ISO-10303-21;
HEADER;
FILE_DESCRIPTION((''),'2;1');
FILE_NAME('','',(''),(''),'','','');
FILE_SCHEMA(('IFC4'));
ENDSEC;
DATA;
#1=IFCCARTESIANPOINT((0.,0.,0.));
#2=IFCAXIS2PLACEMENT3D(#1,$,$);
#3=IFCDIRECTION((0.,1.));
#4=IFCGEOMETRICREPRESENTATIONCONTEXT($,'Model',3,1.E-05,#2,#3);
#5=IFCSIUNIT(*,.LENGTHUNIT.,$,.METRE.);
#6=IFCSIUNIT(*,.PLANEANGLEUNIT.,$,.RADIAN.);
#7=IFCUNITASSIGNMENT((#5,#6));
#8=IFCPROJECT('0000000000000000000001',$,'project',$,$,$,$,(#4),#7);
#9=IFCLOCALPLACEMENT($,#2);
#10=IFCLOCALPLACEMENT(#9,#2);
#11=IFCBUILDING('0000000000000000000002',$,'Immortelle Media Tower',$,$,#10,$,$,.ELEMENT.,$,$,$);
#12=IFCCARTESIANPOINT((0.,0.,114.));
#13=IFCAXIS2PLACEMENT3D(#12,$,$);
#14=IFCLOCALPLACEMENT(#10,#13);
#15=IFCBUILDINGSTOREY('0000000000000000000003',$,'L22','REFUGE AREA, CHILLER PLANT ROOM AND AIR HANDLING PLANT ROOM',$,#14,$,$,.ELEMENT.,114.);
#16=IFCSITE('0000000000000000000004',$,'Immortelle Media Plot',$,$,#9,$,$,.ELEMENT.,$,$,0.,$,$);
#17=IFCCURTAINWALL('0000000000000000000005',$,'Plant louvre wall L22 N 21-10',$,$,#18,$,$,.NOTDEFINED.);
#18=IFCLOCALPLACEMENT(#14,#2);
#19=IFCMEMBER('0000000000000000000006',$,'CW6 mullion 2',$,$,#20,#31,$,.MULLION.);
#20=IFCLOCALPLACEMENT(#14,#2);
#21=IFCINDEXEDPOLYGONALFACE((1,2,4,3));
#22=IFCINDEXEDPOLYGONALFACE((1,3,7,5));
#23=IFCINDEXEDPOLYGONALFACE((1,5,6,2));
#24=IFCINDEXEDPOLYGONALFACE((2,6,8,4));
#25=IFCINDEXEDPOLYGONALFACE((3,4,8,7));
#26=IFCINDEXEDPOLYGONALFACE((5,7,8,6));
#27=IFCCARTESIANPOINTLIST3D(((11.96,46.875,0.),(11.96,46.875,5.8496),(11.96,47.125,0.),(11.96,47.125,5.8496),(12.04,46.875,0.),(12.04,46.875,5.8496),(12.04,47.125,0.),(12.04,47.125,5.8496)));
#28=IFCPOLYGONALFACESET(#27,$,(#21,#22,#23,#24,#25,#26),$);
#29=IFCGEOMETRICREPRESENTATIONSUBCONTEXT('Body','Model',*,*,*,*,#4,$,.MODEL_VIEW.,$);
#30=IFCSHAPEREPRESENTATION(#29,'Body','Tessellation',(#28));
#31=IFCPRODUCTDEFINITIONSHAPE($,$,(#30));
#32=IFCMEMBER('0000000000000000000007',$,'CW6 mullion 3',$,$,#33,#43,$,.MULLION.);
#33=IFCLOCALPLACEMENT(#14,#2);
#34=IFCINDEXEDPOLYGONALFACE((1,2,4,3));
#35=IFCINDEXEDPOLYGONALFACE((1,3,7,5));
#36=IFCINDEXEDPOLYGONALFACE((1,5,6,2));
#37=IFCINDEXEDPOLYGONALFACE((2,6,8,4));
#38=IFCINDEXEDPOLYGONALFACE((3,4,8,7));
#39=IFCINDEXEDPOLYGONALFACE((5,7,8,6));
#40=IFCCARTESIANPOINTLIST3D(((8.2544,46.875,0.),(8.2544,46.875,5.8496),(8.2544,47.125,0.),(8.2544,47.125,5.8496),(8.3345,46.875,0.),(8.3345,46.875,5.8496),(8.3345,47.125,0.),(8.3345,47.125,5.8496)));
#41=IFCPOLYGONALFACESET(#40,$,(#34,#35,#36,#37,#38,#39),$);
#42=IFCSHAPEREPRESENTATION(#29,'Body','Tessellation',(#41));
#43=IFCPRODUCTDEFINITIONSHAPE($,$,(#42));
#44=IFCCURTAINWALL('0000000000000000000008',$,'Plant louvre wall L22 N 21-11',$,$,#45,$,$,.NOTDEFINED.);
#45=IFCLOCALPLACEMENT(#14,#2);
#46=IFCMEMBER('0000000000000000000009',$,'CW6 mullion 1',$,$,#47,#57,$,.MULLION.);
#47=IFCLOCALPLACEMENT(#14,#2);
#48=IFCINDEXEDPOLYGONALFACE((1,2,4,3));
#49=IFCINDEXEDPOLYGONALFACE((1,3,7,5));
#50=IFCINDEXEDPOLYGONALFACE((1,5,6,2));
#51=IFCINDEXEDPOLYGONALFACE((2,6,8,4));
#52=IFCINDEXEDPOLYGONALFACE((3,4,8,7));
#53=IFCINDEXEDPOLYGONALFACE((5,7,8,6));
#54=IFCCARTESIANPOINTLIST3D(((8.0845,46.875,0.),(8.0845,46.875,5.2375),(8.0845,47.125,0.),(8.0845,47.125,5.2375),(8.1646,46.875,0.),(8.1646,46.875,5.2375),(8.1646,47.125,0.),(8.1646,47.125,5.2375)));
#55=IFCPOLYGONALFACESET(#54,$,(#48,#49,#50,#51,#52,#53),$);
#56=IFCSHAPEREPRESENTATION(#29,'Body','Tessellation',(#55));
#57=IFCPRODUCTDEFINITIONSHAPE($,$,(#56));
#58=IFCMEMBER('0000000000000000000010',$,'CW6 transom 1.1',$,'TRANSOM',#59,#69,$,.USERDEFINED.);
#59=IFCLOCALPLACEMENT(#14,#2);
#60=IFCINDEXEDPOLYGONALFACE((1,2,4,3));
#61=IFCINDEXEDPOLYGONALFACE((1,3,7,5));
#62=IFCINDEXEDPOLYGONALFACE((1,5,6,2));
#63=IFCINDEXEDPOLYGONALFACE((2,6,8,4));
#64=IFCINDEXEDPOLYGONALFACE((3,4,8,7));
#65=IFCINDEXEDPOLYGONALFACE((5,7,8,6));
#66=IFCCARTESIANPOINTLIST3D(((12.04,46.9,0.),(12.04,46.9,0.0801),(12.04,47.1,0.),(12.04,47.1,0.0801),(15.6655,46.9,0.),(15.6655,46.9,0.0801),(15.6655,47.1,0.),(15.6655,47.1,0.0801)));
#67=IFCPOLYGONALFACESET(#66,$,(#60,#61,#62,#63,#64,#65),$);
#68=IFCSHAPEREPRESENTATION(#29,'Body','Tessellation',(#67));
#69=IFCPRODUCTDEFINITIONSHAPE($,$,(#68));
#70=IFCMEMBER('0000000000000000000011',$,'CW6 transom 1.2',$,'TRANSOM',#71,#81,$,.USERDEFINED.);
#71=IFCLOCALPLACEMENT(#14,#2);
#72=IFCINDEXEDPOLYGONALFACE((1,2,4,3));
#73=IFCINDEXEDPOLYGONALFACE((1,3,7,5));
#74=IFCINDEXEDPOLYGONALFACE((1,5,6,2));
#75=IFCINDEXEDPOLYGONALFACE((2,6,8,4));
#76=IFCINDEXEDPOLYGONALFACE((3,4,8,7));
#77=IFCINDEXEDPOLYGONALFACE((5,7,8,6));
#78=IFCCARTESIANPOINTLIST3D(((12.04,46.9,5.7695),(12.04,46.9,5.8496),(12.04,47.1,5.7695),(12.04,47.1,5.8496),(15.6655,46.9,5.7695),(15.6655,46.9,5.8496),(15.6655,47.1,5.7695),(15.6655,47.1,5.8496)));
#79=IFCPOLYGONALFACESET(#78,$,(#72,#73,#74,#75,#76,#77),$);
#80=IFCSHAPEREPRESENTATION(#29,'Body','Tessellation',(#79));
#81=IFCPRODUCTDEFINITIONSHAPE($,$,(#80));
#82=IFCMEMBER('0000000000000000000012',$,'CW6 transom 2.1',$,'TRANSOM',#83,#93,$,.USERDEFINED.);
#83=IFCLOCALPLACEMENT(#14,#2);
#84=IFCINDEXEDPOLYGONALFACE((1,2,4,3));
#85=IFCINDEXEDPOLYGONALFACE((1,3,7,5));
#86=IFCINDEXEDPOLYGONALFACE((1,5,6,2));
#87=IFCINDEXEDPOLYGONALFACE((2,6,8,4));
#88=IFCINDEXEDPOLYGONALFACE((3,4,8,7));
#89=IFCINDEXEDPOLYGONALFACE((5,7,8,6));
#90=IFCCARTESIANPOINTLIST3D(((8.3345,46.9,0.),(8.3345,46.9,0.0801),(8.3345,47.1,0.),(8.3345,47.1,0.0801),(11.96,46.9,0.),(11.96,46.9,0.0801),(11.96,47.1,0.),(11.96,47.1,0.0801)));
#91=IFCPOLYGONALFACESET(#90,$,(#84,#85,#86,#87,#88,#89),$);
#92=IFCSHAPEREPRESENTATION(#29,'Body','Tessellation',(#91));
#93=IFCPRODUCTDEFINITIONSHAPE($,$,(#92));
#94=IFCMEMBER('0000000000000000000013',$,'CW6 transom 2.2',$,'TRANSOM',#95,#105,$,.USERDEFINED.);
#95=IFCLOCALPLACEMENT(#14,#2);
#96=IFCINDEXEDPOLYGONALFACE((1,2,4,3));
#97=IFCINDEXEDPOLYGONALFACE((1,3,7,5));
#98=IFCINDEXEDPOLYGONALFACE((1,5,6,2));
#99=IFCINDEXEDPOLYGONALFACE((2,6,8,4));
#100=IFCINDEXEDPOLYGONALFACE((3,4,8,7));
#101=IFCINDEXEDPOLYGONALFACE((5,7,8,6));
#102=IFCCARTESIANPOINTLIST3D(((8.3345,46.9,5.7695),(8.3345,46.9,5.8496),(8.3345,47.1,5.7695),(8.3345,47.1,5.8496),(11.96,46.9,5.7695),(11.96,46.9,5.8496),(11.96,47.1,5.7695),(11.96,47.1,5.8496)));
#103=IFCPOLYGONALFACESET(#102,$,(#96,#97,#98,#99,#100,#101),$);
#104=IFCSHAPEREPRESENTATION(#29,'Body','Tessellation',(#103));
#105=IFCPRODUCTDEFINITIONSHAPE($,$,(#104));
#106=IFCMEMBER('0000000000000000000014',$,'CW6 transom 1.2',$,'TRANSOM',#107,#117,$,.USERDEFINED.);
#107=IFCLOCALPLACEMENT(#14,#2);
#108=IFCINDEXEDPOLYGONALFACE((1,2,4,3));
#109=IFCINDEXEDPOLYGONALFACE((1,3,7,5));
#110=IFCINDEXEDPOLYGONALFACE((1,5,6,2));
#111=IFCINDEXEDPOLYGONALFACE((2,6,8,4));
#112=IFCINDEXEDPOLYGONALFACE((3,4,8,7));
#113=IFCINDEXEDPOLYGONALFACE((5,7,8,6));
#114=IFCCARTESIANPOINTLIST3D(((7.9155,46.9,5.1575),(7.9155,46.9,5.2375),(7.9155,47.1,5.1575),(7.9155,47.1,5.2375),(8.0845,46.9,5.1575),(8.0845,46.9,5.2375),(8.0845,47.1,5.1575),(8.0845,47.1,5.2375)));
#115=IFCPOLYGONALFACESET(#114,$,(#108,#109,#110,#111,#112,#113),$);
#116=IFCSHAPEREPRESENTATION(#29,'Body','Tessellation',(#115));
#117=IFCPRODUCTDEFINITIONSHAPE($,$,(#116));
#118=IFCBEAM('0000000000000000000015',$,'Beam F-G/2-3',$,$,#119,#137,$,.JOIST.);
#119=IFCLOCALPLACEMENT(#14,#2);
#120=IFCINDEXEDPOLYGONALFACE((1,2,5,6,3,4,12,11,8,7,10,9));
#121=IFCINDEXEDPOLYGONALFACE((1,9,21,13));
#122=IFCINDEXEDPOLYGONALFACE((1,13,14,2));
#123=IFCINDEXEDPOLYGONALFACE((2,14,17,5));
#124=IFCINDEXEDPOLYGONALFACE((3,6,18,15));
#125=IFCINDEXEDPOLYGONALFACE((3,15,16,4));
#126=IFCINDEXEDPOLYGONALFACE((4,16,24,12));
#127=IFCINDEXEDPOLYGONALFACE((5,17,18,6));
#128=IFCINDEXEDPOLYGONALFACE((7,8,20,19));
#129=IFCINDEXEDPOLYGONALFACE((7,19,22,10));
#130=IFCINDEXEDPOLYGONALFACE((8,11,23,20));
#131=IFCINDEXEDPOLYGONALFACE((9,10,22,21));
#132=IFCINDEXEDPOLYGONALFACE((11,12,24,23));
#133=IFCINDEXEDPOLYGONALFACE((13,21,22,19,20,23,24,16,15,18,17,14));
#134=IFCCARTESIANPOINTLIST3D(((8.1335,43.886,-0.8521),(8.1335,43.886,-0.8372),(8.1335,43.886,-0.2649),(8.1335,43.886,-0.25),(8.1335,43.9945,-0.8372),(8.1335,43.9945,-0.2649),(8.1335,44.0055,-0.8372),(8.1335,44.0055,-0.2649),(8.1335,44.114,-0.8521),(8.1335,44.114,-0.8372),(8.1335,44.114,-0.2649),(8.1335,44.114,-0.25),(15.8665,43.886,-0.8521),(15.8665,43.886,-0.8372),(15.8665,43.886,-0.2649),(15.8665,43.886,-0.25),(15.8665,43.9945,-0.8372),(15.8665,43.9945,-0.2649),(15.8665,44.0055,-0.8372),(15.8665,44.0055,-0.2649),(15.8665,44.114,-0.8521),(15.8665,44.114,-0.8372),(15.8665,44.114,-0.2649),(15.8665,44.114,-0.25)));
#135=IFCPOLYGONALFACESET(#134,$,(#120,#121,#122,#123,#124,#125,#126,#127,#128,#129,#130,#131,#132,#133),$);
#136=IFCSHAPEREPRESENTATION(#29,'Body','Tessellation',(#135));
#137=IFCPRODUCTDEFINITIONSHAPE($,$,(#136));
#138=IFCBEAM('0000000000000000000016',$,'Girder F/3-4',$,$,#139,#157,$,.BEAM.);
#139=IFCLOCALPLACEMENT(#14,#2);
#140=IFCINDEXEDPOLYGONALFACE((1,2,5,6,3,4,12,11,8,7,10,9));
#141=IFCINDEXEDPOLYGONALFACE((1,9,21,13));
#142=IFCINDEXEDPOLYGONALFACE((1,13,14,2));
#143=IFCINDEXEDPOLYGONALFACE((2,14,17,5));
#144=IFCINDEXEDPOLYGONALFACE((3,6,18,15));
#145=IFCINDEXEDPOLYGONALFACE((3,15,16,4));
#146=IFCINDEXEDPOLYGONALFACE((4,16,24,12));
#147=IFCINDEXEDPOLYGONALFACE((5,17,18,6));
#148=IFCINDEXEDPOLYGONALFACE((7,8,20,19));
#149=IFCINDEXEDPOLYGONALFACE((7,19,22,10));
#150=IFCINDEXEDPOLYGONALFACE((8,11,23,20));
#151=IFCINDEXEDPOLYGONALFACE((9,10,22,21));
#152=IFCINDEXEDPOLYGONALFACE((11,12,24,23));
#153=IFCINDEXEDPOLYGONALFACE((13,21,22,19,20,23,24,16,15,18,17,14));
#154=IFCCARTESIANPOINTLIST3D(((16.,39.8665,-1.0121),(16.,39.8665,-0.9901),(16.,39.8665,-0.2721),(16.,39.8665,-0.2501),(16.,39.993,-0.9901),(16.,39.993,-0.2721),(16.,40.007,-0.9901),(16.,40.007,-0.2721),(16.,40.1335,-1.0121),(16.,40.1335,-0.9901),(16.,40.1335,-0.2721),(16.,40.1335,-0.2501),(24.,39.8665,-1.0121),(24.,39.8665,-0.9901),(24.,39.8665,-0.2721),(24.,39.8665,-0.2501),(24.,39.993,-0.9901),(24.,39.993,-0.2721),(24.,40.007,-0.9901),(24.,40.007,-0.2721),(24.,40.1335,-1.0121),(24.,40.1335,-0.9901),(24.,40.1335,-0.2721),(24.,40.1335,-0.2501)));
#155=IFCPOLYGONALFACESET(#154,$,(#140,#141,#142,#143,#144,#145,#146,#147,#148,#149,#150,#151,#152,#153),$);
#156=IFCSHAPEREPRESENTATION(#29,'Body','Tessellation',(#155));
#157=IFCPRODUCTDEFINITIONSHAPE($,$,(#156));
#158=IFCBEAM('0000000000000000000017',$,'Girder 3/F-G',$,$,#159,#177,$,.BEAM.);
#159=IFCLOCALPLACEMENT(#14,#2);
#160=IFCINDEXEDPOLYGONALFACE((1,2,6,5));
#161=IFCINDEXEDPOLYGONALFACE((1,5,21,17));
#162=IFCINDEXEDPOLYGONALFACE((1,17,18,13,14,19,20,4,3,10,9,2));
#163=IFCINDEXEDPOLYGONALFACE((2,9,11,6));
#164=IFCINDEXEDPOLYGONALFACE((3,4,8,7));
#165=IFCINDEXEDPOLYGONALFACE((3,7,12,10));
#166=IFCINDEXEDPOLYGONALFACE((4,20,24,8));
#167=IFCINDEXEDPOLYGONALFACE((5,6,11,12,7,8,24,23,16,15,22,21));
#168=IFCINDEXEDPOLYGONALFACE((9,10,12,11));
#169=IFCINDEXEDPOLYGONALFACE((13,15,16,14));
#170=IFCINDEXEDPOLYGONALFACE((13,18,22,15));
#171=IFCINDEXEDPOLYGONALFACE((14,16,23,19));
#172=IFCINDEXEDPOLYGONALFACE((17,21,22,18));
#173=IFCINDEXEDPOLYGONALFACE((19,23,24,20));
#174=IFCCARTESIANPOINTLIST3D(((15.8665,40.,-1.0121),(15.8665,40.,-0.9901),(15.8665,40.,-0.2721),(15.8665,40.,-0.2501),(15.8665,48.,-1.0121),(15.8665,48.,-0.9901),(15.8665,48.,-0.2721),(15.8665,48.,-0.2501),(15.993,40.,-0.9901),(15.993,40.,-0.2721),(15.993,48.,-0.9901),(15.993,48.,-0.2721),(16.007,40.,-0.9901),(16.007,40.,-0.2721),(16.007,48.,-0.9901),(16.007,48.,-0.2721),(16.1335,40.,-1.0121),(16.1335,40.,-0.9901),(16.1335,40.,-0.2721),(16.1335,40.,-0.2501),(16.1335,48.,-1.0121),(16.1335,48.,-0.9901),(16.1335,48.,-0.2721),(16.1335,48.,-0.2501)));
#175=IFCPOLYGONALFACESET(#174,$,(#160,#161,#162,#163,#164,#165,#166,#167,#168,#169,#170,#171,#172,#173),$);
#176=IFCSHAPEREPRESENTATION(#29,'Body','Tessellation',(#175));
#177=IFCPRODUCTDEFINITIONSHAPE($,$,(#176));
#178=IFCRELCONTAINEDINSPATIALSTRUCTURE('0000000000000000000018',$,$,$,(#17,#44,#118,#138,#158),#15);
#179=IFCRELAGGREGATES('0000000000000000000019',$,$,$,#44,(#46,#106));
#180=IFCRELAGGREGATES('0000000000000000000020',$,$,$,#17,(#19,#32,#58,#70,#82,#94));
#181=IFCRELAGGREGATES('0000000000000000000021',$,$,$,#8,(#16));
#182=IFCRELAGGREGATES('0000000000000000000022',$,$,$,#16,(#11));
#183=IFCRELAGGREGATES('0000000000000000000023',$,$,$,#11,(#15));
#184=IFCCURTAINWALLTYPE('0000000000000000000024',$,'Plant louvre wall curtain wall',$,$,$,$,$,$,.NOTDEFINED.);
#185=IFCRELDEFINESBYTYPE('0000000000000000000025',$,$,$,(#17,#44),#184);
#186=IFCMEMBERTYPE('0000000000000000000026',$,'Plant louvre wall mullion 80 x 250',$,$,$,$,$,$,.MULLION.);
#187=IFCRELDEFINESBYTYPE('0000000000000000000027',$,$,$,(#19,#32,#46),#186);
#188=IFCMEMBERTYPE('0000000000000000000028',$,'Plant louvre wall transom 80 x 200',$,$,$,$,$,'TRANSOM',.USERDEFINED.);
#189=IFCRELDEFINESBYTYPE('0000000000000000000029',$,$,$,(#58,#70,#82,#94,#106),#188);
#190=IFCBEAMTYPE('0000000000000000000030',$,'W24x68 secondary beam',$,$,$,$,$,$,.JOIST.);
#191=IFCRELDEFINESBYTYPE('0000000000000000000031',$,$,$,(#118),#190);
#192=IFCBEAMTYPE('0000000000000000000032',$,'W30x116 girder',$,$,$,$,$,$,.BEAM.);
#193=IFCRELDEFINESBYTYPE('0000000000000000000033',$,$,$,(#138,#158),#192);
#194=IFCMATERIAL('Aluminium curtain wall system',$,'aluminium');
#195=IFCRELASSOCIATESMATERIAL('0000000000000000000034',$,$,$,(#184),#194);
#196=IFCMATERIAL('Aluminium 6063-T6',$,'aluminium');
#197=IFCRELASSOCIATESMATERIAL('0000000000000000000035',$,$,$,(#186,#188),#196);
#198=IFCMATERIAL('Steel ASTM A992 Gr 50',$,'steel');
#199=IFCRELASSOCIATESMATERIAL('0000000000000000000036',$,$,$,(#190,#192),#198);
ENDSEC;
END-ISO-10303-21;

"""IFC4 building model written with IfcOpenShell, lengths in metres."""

from ifc_helpers import new_model, si_unit, direction, frame, origin, origin_2d, place, context, subcontext, project, spatial, rectangle, i_section, extrude, material, material_profile, profile_set, type_object, element, aggregate, save


model = new_model("IFC4")

# Units and contexts
model_context = context("Model", 3, precision=1e-05, world=origin(), true_north=direction((0.0, 1.0)))
body_context = subcontext(model_context, "Body", "Model", "MODEL_VIEW")
ifc_project = project(units=[si_unit("LENGTHUNIT", "METRE"), si_unit("PLANEANGLEUNIT", "RADIAN")], contexts=[model_context])

# Site, building, storey
site_placement = place(None, origin())
site = spatial("IfcSite", under=ifc_project, at=site_placement, Name="Immortelle Media Plot", CompositionType="ELEMENT", RefElevation=0.0)
building_placement = place(site_placement, origin())
building = spatial("IfcBuilding", under=site, at=building_placement, Name="Immortelle Media Tower", CompositionType="ELEMENT")
storey_placement = place(building_placement, frame((0.0, 0.0, 114.0)))
storey = spatial("IfcBuildingStorey", under=building, at=storey_placement, Name="L22", Description="REFUGE AREA, CHILLER PLANT ROOM AND AIR HANDLING PLANT ROOM", CompositionType="ELEMENT", Elevation=114.0)

# Shared definitions
ifc_material_1 = material(Name="Steel ASTM A992 Gr 50", Category="steel")

# Shared definitions
ifc_material_2 = material(Name="Aluminium curtain wall system", Category="aluminium")
curtain_wall_type = type_object("IfcCurtainWallType", Name="Plant louvre wall curtain wall", PredefinedType="NOTDEFINED", material=ifc_material_2)
ifc_material_3 = material(Name="Aluminium 6063-T6", Category="aluminium")
ifc_material_profile_1 = material_profile(ifc_material_3, rectangle(XDim=0.25, YDim=0.0801, at=origin_2d()), Name="AL 80x250")
ifc_profile_set_1 = profile_set([ifc_material_profile_1], Name="Aluminium 6063-T6")
member_type_1 = type_object("IfcMemberType", Name="Plant louvre wall mullion 80 x 250", PredefinedType="MULLION", material=ifc_profile_set_1)

# Curtain wall, members
curtain_wall_1_placement = place(storey_placement, origin())
curtain_wall_1 = element("IfcCurtainWall", 1, at=curtain_wall_1_placement, inside=storey, type_object=curtain_wall_type, Name="Plant louvre wall L22 N 21-10", PredefinedType="NOTDEFINED")
member_1_placement = place(storey_placement, frame((12.0, 47.0, 0.0), z_axis=(0.0, 0.0, 1.0), x_axis=(0.0, -1.0, 0.0)))
member_1 = element("IfcMember", 2, at=member_1_placement, type_object=member_type_1, Name="CW6 mullion 2", PredefinedType="MULLION", context=body_context, shape_type="SweptSolid", body=[
    extrude(rectangle(XDim=0.25, YDim=0.0801, at=origin_2d()), origin(), (0.0, 0.0, 1.0), 5.8496),
])
member_2_placement = place(storey_placement, frame((8.2944, 47.0, 0.0), z_axis=(0.0, 0.0, 1.0), x_axis=(0.0, -1.0, 0.0)))
member_2 = element("IfcMember", 3, at=member_2_placement, type_object=member_type_1, Name="CW6 mullion 3", PredefinedType="MULLION", context=body_context, shape_type="SweptSolid", body=[
    extrude(rectangle(XDim=0.25, YDim=0.0801, at=origin_2d()), origin(), (0.0, 0.0, 1.0), 5.8496),
])

# Curtain wall, member
curtain_wall_2_placement = place(storey_placement, origin())
curtain_wall_2 = element("IfcCurtainWall", 4, at=curtain_wall_2_placement, inside=storey, type_object=curtain_wall_type, Name="Plant louvre wall L22 N 21-11", PredefinedType="NOTDEFINED")
member_3_placement = place(storey_placement, frame((8.1245, 47.0, 0.0), z_axis=(0.0, 0.0, 1.0), x_axis=(0.0, -1.0, 0.0)))
member_3 = element("IfcMember", 5, at=member_3_placement, type_object=member_type_1, Name="CW6 mullion 1", PredefinedType="MULLION", context=body_context, shape_type="SweptSolid", body=[
    extrude(rectangle(XDim=0.25, YDim=0.0801, at=origin_2d()), origin(), (0.0, 0.0, 1.0), 5.2375),
])

# Members
ifc_material_profile_2 = material_profile(ifc_material_3, rectangle(XDim=0.2, YDim=0.0801, at=origin_2d()), Name="AL 80x200")
ifc_profile_set_2 = profile_set([ifc_material_profile_2], Name="Aluminium 6063-T6")
member_type_2 = type_object("IfcMemberType", Name="Plant louvre wall transom 80 x 200", ElementType="TRANSOM", PredefinedType="USERDEFINED", material=ifc_profile_set_2)
member_4_placement = place(storey_placement, frame((15.6655, 47.0, 0.04), z_axis=(-1.0, 0.0, 0.0), x_axis=(0.0, -1.0, 0.0)))
member_4 = element("IfcMember", 6, at=member_4_placement, type_object=member_type_2, Name="CW6 transom 1.1", ObjectType="TRANSOM", PredefinedType="USERDEFINED", context=body_context, shape_type="SweptSolid", body=[
    extrude(rectangle(XDim=0.2, YDim=0.0801, at=origin_2d()), origin(), (0.0, 0.0, 1.0), 3.6255),
])
member_5_placement = place(storey_placement, frame((15.6655, 47.0, 5.8096), z_axis=(-1.0, 0.0, 0.0), x_axis=(0.0, -1.0, 0.0)))
member_5 = element("IfcMember", 7, at=member_5_placement, type_object=member_type_2, Name="CW6 transom 1.2", ObjectType="TRANSOM", PredefinedType="USERDEFINED", context=body_context, shape_type="SweptSolid", body=[
    extrude(rectangle(XDim=0.2, YDim=0.0801, at=origin_2d()), origin(), (0.0, 0.0, 1.0), 3.6255),
])
member_6_placement = place(storey_placement, frame((11.96, 47.0, 0.04), z_axis=(-1.0, 0.0, 0.0), x_axis=(0.0, -1.0, 0.0)))
member_6 = element("IfcMember", 8, at=member_6_placement, type_object=member_type_2, Name="CW6 transom 2.1", ObjectType="TRANSOM", PredefinedType="USERDEFINED", context=body_context, shape_type="SweptSolid", body=[
    extrude(rectangle(XDim=0.2, YDim=0.0801, at=origin_2d()), origin(), (0.0, 0.0, 1.0), 3.6255),
])
member_7_placement = place(storey_placement, frame((11.96, 47.0, 5.8096), z_axis=(-1.0, 0.0, 0.0), x_axis=(0.0, -1.0, 0.0)))
member_7 = element("IfcMember", 9, at=member_7_placement, type_object=member_type_2, Name="CW6 transom 2.2", ObjectType="TRANSOM", PredefinedType="USERDEFINED", context=body_context, shape_type="SweptSolid", body=[
    extrude(rectangle(XDim=0.2, YDim=0.0801, at=origin_2d()), origin(), (0.0, 0.0, 1.0), 3.6255),
])
member_8_placement = place(storey_placement, frame((8.0845, 47.0, 5.1975), z_axis=(-1.0, 0.0, 0.0), x_axis=(0.0, -1.0, 0.0)))
member_8 = element("IfcMember", 10, at=member_8_placement, type_object=member_type_2, Name="CW6 transom 1.2", ObjectType="TRANSOM", PredefinedType="USERDEFINED", context=body_context, shape_type="SweptSolid", body=[
    extrude(rectangle(XDim=0.2, YDim=0.0801, at=origin_2d()), origin(), (0.0, 0.0, 1.0), 0.1689),
])
aggregate(curtain_wall_2, [member_3, member_8])

# Beams
ifc_material_profile_3 = material_profile(ifc_material_1, i_section(OverallWidth=0.228, OverallDepth=0.6021, WebThickness=0.011, FlangeThickness=0.0149, at=origin_2d()), Name="W24x68")
ifc_profile_set_3 = profile_set([ifc_material_profile_3], Name="Steel ASTM A992 Gr 50")
beam_type_1 = type_object("IfcBeamType", Name="W24x68 secondary beam", PredefinedType="JOIST", material=ifc_profile_set_3)
beam_1_placement = place(storey_placement, frame((8.1335, 44.0, -0.551), z_axis=(1.0, 0.0, 0.0), x_axis=(0.0, 1.0, 0.0)))
element("IfcBeam", 11, at=beam_1_placement, inside=storey, type_object=beam_type_1, Name="Beam F-G/2-3", PredefinedType="JOIST", context=body_context, shape_type="SweptSolid", body=[
    extrude(i_section(OverallWidth=0.228, OverallDepth=0.6021, WebThickness=0.011, FlangeThickness=0.0149, at=origin_2d()), origin(), (0.0, 0.0, 1.0), 7.7329),
])
ifc_material_profile_4 = material_profile(ifc_material_1, i_section(OverallWidth=0.2671, OverallDepth=0.762, WebThickness=0.0139, FlangeThickness=0.022, at=origin_2d()), Name="W30x116")
ifc_profile_set_4 = profile_set([ifc_material_profile_4], Name="Steel ASTM A992 Gr 50")
beam_type_2 = type_object("IfcBeamType", Name="W30x116 girder", PredefinedType="BEAM", material=ifc_profile_set_4)
for number, where, z_axis, x_axis, name in (
    (12, (16.0, 40.0, -0.6311), (1.0, 0.0, 0.0), (0.0, 1.0, 0.0), "Girder F/3-4"),
    (13, (16.0, 40.0, -0.6311), (0.0, 1.0, 0.0), (-1.0, 0.0, 0.0), "Girder 3/F-G"),
):
    element("IfcBeam", number, at=place(storey_placement, frame(where, z_axis=z_axis, x_axis=x_axis)), inside=storey, type_object=beam_type_2, Name=name, PredefinedType="BEAM", context=body_context, shape_type="SweptSolid", body=[
        extrude(i_section(OverallWidth=0.2671, OverallDepth=0.762, WebThickness=0.0139, FlangeThickness=0.022, at=origin_2d()), origin(), (0.0, 0.0, 1.0), 8.0),
    ])

aggregate(curtain_wall_1, [member_1, member_2, member_4, member_5, member_6, member_7])

save(model, "model.ifc")
